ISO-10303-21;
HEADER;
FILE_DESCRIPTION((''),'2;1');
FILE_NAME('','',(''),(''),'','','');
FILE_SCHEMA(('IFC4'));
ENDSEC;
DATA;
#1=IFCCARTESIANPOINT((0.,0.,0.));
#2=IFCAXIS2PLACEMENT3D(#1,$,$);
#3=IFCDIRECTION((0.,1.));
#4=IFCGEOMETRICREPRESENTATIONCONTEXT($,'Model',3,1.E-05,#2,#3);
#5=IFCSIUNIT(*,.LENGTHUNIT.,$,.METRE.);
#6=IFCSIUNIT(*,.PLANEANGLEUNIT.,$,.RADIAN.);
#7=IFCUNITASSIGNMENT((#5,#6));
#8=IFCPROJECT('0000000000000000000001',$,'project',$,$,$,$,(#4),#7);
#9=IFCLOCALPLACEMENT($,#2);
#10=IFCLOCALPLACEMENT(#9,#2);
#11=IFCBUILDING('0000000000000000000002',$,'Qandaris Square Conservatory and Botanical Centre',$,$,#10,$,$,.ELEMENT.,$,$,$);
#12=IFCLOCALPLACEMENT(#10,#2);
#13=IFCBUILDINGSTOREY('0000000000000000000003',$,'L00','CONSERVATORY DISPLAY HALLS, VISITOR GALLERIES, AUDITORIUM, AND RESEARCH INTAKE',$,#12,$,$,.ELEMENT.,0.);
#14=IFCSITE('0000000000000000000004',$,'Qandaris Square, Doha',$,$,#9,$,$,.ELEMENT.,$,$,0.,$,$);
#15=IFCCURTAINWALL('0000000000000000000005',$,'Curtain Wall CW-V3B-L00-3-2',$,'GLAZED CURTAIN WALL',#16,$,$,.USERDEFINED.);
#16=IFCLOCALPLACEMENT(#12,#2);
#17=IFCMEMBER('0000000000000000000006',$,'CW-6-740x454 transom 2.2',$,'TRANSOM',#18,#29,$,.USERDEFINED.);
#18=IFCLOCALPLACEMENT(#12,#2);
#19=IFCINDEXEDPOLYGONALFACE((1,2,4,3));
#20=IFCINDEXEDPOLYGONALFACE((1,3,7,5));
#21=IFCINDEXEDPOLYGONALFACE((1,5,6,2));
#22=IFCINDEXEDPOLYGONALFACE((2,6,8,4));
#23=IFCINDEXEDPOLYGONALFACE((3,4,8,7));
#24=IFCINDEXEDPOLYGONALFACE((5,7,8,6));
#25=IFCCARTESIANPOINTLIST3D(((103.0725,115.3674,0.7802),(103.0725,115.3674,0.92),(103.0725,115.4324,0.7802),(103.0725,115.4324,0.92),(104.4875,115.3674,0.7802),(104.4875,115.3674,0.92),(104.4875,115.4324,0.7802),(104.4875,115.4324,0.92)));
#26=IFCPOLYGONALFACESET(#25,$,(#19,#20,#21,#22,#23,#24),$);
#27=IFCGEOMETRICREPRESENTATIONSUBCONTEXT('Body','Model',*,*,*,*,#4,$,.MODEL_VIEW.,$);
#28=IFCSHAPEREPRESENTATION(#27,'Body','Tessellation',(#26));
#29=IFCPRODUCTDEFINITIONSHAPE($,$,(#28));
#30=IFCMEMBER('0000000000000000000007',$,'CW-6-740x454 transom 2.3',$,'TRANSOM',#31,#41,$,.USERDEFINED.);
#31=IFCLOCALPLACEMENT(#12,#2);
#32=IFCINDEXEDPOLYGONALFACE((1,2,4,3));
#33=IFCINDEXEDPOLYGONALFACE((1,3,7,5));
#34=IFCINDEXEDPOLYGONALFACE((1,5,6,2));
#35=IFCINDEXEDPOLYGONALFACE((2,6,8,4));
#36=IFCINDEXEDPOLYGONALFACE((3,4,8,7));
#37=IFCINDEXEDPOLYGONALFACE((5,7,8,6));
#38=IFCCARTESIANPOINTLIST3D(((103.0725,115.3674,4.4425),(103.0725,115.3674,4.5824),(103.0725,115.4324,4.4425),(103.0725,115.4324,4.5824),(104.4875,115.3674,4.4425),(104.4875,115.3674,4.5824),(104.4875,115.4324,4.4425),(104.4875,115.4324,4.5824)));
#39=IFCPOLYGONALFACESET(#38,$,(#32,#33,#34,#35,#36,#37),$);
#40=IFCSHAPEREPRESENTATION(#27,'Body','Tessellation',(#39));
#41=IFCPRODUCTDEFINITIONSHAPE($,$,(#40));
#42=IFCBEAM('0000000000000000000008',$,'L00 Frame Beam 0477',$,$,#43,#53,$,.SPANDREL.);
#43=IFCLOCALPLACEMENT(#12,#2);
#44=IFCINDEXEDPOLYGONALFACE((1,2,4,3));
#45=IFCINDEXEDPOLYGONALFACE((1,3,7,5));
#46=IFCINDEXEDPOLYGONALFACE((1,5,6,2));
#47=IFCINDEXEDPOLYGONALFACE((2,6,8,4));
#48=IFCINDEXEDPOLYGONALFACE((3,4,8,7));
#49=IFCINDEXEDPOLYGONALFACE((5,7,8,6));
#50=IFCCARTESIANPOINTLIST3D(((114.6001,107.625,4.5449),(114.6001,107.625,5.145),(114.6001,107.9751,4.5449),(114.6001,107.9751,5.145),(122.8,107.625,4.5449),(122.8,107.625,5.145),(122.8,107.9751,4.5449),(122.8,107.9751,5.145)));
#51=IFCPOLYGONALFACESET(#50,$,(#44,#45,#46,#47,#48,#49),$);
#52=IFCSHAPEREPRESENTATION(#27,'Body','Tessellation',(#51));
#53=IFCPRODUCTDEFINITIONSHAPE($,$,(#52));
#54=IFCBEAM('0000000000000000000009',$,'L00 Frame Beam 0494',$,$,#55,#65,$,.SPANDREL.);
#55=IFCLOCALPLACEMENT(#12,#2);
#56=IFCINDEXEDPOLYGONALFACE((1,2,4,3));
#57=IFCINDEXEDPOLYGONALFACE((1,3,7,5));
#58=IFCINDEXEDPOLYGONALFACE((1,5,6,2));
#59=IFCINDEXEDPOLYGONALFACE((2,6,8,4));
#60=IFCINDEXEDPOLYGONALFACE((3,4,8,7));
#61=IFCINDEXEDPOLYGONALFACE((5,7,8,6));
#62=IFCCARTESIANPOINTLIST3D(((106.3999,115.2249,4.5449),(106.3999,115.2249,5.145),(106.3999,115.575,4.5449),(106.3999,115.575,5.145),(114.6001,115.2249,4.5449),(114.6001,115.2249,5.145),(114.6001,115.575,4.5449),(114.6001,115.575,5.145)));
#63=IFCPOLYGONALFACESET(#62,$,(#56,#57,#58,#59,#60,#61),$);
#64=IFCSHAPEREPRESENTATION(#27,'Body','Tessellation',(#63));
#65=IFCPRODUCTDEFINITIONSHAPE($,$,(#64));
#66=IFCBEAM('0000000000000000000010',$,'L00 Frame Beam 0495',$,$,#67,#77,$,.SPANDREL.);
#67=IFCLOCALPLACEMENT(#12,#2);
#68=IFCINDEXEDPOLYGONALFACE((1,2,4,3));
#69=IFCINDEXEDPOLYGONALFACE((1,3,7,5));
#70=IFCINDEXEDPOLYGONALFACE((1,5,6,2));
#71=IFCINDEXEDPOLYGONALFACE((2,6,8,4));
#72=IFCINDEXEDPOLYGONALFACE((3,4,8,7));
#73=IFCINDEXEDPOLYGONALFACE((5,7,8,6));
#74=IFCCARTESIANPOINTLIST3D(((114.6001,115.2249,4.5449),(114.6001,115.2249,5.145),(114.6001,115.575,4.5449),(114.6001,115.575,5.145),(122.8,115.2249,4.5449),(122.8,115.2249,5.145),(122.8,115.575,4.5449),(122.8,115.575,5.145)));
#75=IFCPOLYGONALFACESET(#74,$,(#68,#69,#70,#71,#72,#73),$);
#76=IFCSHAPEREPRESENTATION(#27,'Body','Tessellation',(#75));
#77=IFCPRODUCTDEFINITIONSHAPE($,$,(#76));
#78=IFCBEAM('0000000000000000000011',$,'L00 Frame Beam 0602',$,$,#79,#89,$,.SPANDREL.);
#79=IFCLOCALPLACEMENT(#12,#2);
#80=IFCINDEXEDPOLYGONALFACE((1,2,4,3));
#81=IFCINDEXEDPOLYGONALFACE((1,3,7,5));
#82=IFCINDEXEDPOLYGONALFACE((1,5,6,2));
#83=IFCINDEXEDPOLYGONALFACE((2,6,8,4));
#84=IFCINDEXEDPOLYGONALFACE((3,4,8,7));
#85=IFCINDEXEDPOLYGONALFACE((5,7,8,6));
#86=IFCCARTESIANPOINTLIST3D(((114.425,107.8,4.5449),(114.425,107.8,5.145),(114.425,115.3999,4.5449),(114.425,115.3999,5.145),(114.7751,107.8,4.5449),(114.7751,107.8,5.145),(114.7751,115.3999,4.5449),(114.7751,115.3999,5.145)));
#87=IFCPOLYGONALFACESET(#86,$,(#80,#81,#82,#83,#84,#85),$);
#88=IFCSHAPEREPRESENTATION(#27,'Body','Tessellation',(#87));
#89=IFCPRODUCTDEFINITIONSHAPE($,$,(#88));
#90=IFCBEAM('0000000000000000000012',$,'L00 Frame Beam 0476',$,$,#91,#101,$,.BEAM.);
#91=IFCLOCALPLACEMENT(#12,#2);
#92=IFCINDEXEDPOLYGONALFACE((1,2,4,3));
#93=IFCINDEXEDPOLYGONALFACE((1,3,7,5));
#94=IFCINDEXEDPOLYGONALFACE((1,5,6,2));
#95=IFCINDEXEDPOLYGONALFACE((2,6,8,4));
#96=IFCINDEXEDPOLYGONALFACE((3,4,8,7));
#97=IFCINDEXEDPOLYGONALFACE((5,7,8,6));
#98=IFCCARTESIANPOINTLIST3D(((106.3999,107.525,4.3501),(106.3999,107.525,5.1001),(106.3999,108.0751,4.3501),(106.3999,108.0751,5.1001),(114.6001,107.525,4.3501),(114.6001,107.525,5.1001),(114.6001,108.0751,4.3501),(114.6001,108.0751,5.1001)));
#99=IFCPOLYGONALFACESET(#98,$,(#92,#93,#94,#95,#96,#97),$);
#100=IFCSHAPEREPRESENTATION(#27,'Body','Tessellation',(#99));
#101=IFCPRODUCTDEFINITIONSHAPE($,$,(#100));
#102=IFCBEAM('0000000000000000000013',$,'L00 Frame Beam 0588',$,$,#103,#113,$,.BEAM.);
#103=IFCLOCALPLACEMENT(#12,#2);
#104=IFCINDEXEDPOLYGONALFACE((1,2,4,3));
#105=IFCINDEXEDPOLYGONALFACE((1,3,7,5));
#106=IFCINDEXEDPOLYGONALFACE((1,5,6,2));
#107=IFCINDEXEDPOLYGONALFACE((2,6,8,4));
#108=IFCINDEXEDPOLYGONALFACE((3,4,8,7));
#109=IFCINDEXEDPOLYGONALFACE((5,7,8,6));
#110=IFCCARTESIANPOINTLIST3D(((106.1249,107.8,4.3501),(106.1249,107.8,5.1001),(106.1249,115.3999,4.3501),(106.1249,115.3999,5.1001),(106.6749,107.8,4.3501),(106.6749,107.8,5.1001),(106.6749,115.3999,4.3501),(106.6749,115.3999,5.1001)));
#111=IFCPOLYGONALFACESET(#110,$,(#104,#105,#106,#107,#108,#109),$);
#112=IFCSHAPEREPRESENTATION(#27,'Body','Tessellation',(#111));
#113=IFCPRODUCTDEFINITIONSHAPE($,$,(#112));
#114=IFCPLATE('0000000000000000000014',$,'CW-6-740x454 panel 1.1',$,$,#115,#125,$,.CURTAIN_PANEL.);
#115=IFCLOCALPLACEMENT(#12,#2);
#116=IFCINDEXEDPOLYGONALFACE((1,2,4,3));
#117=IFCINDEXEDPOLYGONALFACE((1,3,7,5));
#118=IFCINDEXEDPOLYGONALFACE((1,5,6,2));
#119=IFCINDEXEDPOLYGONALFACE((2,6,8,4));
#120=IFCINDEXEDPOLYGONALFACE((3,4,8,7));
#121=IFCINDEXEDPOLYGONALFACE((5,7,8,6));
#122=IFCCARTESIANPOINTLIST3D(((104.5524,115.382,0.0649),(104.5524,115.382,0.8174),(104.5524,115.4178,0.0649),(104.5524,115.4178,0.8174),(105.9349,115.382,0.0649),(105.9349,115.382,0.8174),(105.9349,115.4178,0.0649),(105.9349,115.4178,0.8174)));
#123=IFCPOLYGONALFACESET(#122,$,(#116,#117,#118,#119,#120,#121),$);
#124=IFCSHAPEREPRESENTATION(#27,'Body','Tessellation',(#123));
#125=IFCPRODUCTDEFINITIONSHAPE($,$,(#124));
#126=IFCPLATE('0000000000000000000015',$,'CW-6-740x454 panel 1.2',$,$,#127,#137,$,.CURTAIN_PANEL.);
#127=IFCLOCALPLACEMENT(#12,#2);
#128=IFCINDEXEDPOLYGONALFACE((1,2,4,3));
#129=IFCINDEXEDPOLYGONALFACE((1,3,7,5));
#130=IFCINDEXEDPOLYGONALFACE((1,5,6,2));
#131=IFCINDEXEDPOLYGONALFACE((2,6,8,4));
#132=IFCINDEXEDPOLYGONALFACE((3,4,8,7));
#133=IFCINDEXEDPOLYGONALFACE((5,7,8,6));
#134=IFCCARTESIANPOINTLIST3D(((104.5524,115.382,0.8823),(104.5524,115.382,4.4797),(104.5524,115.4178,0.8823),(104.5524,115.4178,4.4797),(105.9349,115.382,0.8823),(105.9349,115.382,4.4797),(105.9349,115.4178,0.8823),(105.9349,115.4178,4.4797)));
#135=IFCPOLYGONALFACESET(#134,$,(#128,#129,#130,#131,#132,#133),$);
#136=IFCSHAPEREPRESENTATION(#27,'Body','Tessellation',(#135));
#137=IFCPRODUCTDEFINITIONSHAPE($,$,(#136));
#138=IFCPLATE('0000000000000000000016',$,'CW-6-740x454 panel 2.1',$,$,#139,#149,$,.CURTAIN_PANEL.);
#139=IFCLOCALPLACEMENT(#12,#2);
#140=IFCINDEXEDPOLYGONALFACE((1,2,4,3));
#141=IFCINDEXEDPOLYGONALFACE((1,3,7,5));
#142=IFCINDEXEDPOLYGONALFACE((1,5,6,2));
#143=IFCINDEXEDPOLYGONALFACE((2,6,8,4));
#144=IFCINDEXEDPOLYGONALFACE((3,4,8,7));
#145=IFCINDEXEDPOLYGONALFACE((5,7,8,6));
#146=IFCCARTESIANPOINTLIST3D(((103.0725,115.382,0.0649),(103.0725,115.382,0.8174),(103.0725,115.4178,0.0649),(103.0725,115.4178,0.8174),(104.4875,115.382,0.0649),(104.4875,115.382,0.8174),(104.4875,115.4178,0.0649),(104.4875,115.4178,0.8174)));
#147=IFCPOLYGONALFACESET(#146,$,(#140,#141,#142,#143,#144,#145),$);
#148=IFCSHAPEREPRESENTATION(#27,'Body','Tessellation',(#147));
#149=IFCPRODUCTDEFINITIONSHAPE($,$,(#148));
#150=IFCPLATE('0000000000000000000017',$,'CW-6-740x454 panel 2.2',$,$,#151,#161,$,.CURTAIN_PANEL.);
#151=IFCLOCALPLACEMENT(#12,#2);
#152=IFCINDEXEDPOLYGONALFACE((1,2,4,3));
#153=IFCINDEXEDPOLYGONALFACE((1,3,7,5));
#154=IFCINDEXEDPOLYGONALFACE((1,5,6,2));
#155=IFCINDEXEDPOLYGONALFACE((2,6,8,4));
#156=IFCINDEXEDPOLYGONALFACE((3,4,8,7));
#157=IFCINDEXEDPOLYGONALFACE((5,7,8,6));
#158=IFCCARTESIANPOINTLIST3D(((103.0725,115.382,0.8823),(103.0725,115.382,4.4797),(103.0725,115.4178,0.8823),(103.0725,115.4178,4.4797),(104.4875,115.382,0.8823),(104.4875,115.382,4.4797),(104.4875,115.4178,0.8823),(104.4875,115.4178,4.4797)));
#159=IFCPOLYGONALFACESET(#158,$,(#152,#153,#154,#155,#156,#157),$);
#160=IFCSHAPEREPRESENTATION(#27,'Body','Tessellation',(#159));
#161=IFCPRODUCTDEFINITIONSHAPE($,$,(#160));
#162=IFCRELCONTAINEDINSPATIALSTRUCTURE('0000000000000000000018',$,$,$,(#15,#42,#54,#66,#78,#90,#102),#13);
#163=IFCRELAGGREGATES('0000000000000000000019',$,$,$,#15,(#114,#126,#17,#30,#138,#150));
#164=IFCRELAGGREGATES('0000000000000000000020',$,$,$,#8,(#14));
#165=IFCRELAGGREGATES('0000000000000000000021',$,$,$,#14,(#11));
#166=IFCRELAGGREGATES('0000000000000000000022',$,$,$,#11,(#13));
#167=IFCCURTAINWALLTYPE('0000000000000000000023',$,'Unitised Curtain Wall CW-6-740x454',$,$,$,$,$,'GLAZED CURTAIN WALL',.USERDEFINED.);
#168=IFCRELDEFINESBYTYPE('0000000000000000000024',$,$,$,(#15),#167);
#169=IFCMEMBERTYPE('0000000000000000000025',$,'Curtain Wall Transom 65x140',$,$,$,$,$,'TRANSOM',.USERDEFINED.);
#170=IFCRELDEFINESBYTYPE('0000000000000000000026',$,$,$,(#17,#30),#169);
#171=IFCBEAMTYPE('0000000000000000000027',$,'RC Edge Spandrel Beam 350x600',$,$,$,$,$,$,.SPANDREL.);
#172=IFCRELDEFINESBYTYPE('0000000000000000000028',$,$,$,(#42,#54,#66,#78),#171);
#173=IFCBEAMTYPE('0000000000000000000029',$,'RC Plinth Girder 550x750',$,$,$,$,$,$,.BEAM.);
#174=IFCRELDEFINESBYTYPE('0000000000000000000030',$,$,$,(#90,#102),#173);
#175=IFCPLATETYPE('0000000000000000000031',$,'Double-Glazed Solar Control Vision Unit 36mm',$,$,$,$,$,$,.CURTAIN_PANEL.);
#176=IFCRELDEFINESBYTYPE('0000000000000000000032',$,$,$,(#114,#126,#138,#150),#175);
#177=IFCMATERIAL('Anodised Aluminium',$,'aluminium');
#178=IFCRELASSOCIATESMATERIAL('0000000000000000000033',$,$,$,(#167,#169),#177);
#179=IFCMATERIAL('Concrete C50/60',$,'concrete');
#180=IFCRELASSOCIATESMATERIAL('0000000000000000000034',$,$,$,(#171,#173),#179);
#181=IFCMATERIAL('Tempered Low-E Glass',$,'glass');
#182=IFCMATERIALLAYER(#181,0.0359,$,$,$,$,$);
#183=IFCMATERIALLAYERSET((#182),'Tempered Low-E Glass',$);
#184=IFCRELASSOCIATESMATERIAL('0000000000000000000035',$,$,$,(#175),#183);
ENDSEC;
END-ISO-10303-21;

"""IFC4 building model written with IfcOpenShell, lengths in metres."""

from ifc_helpers import new_model, si_unit, direction, frame, origin, origin_2d, place, context, subcontext, project, spatial, rectangle, extrude, material, layer, layer_set, material_profile, profile_set, type_object, element, aggregate, save


model = new_model("IFC4")

# Units and contexts
model_context = context("Model", 3, precision=1e-05, world=origin(), true_north=direction((0.0, 1.0)))
body_context = subcontext(model_context, "Body", "Model", "MODEL_VIEW")
ifc_project = project(units=[si_unit("LENGTHUNIT", "METRE"), si_unit("PLANEANGLEUNIT", "RADIAN")], contexts=[model_context])

# Site, building, storey
site_placement = place(None, origin())
site = spatial("IfcSite", under=ifc_project, at=site_placement, Name="Qandaris Square, Doha", CompositionType="ELEMENT", RefElevation=0.0)
building_placement = place(site_placement, origin())
building = spatial("IfcBuilding", under=site, at=building_placement, Name="Qandaris Square Conservatory and Botanical Centre", CompositionType="ELEMENT")
storey_placement = place(building_placement, origin())
storey = spatial("IfcBuildingStorey", under=building, at=storey_placement, Name="L00", Description="CONSERVATORY DISPLAY HALLS, VISITOR GALLERIES, AUDITORIUM, AND RESEARCH INTAKE", CompositionType="ELEMENT", Elevation=0.0)

# Shared definitions
ifc_material_1 = material(Name="Concrete C50/60", Category="concrete")

# Curtain wall, members
ifc_material_2 = material(Name="Anodised Aluminium", Category="aluminium")
curtain_wall_type = type_object("IfcCurtainWallType", Name="Unitised Curtain Wall CW-6-740x454", ElementType="GLAZED CURTAIN WALL", PredefinedType="USERDEFINED", material=ifc_material_2)
curtain_wall_placement = place(storey_placement, origin())
curtain_wall = element("IfcCurtainWall", 1, at=curtain_wall_placement, inside=storey, type_object=curtain_wall_type, Name="Curtain Wall CW-V3B-L00-3-2", ObjectType="GLAZED CURTAIN WALL", PredefinedType="USERDEFINED")
ifc_material_profile_1 = material_profile(ifc_material_2, rectangle(XDim=0.0649, YDim=0.1399, at=origin_2d()), Name="ALU-TRN 65x140")
ifc_profile_set_1 = profile_set([ifc_material_profile_1], Name="Anodised Aluminium")
member_type_1 = type_object("IfcMemberType", Name="Curtain Wall Transom 65x140", ElementType="TRANSOM", PredefinedType="USERDEFINED", material=ifc_profile_set_1)
member_1_placement = place(storey_placement, frame((104.4875, 115.3999, 0.8501), z_axis=(-1.0, 0.0, 0.0), x_axis=(0.0, -1.0, 0.0)))
member_1 = element("IfcMember", 2, at=member_1_placement, type_object=member_type_1, Name="CW-6-740x454 transom 2.2", ObjectType="TRANSOM", PredefinedType="USERDEFINED", context=body_context, shape_type="SweptSolid", body=[
    extrude(rectangle(XDim=0.0649, YDim=0.1399, at=origin_2d()), origin(), (0.0, 0.0, 1.0), 1.415),
])
member_2_placement = place(storey_placement, frame((104.4875, 115.3999, 4.5125), z_axis=(-1.0, 0.0, 0.0), x_axis=(0.0, -1.0, 0.0)))
member_2 = element("IfcMember", 3, at=member_2_placement, type_object=member_type_1, Name="CW-6-740x454 transom 2.3", ObjectType="TRANSOM", PredefinedType="USERDEFINED", context=body_context, shape_type="SweptSolid", body=[
    extrude(rectangle(XDim=0.0649, YDim=0.1399, at=origin_2d()), origin(), (0.0, 0.0, 1.0), 1.415),
])

# Beams
ifc_material_profile_2 = material_profile(ifc_material_1, rectangle(XDim=0.3501, YDim=0.6001, at=origin_2d()), Name="RC-SP 350x600")
ifc_profile_set_2 = profile_set([ifc_material_profile_2], Name="Concrete C50/60")
beam_type_1 = type_object("IfcBeamType", Name="RC Edge Spandrel Beam 350x600", PredefinedType="SPANDREL", material=ifc_profile_set_2)
beam_1_placement = place(storey_placement, frame((114.6001, 107.8, 4.845), z_axis=(1.0, 0.0, 0.0), x_axis=(0.0, 1.0, 0.0)))
element("IfcBeam", 4, at=beam_1_placement, inside=storey, type_object=beam_type_1, Name="L00 Frame Beam 0477", PredefinedType="SPANDREL", context=body_context, shape_type="SweptSolid", body=[
    extrude(rectangle(XDim=0.3501, YDim=0.6001, at=origin_2d()), origin(), (0.0, 0.0, 1.0), 8.2),
])
beam_2_placement = place(storey_placement, frame((106.3999, 115.3999, 4.845), z_axis=(1.0, 0.0, 0.0), x_axis=(0.0, 1.0, 0.0)))
element("IfcBeam", 5, at=beam_2_placement, inside=storey, type_object=beam_type_1, Name="L00 Frame Beam 0494", PredefinedType="SPANDREL", context=body_context, shape_type="SweptSolid", body=[
    extrude(rectangle(XDim=0.3501, YDim=0.6001, at=origin_2d()), origin(), (0.0, 0.0, 1.0), 8.2002),
])
beam_3_placement = place(storey_placement, frame((114.6001, 115.3999, 4.845), z_axis=(1.0, 0.0, 0.0), x_axis=(0.0, 1.0, 0.0)))
element("IfcBeam", 6, at=beam_3_placement, inside=storey, type_object=beam_type_1, Name="L00 Frame Beam 0495", PredefinedType="SPANDREL", context=body_context, shape_type="SweptSolid", body=[
    extrude(rectangle(XDim=0.3501, YDim=0.6001, at=origin_2d()), origin(), (0.0, 0.0, 1.0), 8.2),
])
beam_4_placement = place(storey_placement, frame((114.6001, 107.8, 4.845), z_axis=(0.0, 1.0, 0.0), x_axis=(-1.0, 0.0, 0.0)))
element("IfcBeam", 7, at=beam_4_placement, inside=storey, type_object=beam_type_1, Name="L00 Frame Beam 0602", PredefinedType="SPANDREL", context=body_context, shape_type="SweptSolid", body=[
    extrude(rectangle(XDim=0.3501, YDim=0.6001, at=origin_2d()), origin(), (0.0, 0.0, 1.0), 7.5999),
])
ifc_material_profile_3 = material_profile(ifc_material_1, rectangle(XDim=0.55, YDim=0.75, at=origin_2d()), Name="RC-BM 550x750")
ifc_profile_set_3 = profile_set([ifc_material_profile_3], Name="Concrete C50/60")
beam_type_2 = type_object("IfcBeamType", Name="RC Plinth Girder 550x750", PredefinedType="BEAM", material=ifc_profile_set_3)
beam_5_placement = place(storey_placement, frame((106.3999, 107.8, 4.7251), z_axis=(1.0, 0.0, 0.0), x_axis=(0.0, 1.0, 0.0)))
element("IfcBeam", 8, at=beam_5_placement, inside=storey, type_object=beam_type_2, Name="L00 Frame Beam 0476", PredefinedType="BEAM", context=body_context, shape_type="SweptSolid", body=[
    extrude(rectangle(XDim=0.55, YDim=0.75, at=origin_2d()), origin(), (0.0, 0.0, 1.0), 8.2002),
])
beam_6_placement = place(storey_placement, frame((106.3999, 107.8, 4.7251), z_axis=(0.0, 1.0, 0.0), x_axis=(-1.0, 0.0, 0.0)))
element("IfcBeam", 9, at=beam_6_placement, inside=storey, type_object=beam_type_2, Name="L00 Frame Beam 0588", PredefinedType="BEAM", context=body_context, shape_type="SweptSolid", body=[
    extrude(rectangle(XDim=0.55, YDim=0.75, at=origin_2d()), origin(), (0.0, 0.0, 1.0), 7.5999),
])

# Plates
ifc_material_3 = material(Name="Tempered Low-E Glass", Category="glass")
ifc_layer_1 = layer(ifc_material_3, 0.0359)
ifc_layer_set_1 = layer_set([ifc_layer_1], Name="Tempered Low-E Glass")
plate_type = type_object("IfcPlateType", Name="Double-Glazed Solar Control Vision Unit 36mm", PredefinedType="CURTAIN_PANEL", material=ifc_layer_set_1)
plate_1_placement = place(storey_placement, frame((105.2437, 115.3999, 0.0649), z_axis=(0.0, 0.0, 1.0), x_axis=(-1.0, 0.0, 0.0)))
plate_1 = element("IfcPlate", 10, at=plate_1_placement, type_object=plate_type, Name="CW-6-740x454 panel 1.1", PredefinedType="CURTAIN_PANEL", context=body_context, shape_type="SweptSolid", body=[
    extrude(rectangle(XDim=1.3826, YDim=0.0359, at=origin_2d()), origin(), (0.0, 0.0, 1.0), 0.7524),
])
plate_2_placement = place(storey_placement, frame((105.2437, 115.3999, 0.8823), z_axis=(0.0, 0.0, 1.0), x_axis=(-1.0, 0.0, 0.0)))
plate_2 = element("IfcPlate", 11, at=plate_2_placement, type_object=plate_type, Name="CW-6-740x454 panel 1.2", PredefinedType="CURTAIN_PANEL", context=body_context, shape_type="SweptSolid", body=[
    extrude(rectangle(XDim=1.3826, YDim=0.0359, at=origin_2d()), origin(), (0.0, 0.0, 1.0), 3.5974),
])
plate_3_placement = place(storey_placement, frame((103.78, 115.3999, 0.0649), z_axis=(0.0, 0.0, 1.0), x_axis=(-1.0, 0.0, 0.0)))
plate_3 = element("IfcPlate", 12, at=plate_3_placement, type_object=plate_type, Name="CW-6-740x454 panel 2.1", PredefinedType="CURTAIN_PANEL", context=body_context, shape_type="SweptSolid", body=[
    extrude(rectangle(XDim=1.415, YDim=0.0359, at=origin_2d()), origin(), (0.0, 0.0, 1.0), 0.7524),
])
plate_4_placement = place(storey_placement, frame((103.78, 115.3999, 0.8823), z_axis=(0.0, 0.0, 1.0), x_axis=(-1.0, 0.0, 0.0)))
plate_4 = element("IfcPlate", 13, at=plate_4_placement, type_object=plate_type, Name="CW-6-740x454 panel 2.2", PredefinedType="CURTAIN_PANEL", context=body_context, shape_type="SweptSolid", body=[
    extrude(rectangle(XDim=1.415, YDim=0.0359, at=origin_2d()), origin(), (0.0, 0.0, 1.0), 3.5974),
])
aggregate(curtain_wall, [plate_1, plate_2, member_1, member_2, plate_3, plate_4])

save(model, "model.ifc")
